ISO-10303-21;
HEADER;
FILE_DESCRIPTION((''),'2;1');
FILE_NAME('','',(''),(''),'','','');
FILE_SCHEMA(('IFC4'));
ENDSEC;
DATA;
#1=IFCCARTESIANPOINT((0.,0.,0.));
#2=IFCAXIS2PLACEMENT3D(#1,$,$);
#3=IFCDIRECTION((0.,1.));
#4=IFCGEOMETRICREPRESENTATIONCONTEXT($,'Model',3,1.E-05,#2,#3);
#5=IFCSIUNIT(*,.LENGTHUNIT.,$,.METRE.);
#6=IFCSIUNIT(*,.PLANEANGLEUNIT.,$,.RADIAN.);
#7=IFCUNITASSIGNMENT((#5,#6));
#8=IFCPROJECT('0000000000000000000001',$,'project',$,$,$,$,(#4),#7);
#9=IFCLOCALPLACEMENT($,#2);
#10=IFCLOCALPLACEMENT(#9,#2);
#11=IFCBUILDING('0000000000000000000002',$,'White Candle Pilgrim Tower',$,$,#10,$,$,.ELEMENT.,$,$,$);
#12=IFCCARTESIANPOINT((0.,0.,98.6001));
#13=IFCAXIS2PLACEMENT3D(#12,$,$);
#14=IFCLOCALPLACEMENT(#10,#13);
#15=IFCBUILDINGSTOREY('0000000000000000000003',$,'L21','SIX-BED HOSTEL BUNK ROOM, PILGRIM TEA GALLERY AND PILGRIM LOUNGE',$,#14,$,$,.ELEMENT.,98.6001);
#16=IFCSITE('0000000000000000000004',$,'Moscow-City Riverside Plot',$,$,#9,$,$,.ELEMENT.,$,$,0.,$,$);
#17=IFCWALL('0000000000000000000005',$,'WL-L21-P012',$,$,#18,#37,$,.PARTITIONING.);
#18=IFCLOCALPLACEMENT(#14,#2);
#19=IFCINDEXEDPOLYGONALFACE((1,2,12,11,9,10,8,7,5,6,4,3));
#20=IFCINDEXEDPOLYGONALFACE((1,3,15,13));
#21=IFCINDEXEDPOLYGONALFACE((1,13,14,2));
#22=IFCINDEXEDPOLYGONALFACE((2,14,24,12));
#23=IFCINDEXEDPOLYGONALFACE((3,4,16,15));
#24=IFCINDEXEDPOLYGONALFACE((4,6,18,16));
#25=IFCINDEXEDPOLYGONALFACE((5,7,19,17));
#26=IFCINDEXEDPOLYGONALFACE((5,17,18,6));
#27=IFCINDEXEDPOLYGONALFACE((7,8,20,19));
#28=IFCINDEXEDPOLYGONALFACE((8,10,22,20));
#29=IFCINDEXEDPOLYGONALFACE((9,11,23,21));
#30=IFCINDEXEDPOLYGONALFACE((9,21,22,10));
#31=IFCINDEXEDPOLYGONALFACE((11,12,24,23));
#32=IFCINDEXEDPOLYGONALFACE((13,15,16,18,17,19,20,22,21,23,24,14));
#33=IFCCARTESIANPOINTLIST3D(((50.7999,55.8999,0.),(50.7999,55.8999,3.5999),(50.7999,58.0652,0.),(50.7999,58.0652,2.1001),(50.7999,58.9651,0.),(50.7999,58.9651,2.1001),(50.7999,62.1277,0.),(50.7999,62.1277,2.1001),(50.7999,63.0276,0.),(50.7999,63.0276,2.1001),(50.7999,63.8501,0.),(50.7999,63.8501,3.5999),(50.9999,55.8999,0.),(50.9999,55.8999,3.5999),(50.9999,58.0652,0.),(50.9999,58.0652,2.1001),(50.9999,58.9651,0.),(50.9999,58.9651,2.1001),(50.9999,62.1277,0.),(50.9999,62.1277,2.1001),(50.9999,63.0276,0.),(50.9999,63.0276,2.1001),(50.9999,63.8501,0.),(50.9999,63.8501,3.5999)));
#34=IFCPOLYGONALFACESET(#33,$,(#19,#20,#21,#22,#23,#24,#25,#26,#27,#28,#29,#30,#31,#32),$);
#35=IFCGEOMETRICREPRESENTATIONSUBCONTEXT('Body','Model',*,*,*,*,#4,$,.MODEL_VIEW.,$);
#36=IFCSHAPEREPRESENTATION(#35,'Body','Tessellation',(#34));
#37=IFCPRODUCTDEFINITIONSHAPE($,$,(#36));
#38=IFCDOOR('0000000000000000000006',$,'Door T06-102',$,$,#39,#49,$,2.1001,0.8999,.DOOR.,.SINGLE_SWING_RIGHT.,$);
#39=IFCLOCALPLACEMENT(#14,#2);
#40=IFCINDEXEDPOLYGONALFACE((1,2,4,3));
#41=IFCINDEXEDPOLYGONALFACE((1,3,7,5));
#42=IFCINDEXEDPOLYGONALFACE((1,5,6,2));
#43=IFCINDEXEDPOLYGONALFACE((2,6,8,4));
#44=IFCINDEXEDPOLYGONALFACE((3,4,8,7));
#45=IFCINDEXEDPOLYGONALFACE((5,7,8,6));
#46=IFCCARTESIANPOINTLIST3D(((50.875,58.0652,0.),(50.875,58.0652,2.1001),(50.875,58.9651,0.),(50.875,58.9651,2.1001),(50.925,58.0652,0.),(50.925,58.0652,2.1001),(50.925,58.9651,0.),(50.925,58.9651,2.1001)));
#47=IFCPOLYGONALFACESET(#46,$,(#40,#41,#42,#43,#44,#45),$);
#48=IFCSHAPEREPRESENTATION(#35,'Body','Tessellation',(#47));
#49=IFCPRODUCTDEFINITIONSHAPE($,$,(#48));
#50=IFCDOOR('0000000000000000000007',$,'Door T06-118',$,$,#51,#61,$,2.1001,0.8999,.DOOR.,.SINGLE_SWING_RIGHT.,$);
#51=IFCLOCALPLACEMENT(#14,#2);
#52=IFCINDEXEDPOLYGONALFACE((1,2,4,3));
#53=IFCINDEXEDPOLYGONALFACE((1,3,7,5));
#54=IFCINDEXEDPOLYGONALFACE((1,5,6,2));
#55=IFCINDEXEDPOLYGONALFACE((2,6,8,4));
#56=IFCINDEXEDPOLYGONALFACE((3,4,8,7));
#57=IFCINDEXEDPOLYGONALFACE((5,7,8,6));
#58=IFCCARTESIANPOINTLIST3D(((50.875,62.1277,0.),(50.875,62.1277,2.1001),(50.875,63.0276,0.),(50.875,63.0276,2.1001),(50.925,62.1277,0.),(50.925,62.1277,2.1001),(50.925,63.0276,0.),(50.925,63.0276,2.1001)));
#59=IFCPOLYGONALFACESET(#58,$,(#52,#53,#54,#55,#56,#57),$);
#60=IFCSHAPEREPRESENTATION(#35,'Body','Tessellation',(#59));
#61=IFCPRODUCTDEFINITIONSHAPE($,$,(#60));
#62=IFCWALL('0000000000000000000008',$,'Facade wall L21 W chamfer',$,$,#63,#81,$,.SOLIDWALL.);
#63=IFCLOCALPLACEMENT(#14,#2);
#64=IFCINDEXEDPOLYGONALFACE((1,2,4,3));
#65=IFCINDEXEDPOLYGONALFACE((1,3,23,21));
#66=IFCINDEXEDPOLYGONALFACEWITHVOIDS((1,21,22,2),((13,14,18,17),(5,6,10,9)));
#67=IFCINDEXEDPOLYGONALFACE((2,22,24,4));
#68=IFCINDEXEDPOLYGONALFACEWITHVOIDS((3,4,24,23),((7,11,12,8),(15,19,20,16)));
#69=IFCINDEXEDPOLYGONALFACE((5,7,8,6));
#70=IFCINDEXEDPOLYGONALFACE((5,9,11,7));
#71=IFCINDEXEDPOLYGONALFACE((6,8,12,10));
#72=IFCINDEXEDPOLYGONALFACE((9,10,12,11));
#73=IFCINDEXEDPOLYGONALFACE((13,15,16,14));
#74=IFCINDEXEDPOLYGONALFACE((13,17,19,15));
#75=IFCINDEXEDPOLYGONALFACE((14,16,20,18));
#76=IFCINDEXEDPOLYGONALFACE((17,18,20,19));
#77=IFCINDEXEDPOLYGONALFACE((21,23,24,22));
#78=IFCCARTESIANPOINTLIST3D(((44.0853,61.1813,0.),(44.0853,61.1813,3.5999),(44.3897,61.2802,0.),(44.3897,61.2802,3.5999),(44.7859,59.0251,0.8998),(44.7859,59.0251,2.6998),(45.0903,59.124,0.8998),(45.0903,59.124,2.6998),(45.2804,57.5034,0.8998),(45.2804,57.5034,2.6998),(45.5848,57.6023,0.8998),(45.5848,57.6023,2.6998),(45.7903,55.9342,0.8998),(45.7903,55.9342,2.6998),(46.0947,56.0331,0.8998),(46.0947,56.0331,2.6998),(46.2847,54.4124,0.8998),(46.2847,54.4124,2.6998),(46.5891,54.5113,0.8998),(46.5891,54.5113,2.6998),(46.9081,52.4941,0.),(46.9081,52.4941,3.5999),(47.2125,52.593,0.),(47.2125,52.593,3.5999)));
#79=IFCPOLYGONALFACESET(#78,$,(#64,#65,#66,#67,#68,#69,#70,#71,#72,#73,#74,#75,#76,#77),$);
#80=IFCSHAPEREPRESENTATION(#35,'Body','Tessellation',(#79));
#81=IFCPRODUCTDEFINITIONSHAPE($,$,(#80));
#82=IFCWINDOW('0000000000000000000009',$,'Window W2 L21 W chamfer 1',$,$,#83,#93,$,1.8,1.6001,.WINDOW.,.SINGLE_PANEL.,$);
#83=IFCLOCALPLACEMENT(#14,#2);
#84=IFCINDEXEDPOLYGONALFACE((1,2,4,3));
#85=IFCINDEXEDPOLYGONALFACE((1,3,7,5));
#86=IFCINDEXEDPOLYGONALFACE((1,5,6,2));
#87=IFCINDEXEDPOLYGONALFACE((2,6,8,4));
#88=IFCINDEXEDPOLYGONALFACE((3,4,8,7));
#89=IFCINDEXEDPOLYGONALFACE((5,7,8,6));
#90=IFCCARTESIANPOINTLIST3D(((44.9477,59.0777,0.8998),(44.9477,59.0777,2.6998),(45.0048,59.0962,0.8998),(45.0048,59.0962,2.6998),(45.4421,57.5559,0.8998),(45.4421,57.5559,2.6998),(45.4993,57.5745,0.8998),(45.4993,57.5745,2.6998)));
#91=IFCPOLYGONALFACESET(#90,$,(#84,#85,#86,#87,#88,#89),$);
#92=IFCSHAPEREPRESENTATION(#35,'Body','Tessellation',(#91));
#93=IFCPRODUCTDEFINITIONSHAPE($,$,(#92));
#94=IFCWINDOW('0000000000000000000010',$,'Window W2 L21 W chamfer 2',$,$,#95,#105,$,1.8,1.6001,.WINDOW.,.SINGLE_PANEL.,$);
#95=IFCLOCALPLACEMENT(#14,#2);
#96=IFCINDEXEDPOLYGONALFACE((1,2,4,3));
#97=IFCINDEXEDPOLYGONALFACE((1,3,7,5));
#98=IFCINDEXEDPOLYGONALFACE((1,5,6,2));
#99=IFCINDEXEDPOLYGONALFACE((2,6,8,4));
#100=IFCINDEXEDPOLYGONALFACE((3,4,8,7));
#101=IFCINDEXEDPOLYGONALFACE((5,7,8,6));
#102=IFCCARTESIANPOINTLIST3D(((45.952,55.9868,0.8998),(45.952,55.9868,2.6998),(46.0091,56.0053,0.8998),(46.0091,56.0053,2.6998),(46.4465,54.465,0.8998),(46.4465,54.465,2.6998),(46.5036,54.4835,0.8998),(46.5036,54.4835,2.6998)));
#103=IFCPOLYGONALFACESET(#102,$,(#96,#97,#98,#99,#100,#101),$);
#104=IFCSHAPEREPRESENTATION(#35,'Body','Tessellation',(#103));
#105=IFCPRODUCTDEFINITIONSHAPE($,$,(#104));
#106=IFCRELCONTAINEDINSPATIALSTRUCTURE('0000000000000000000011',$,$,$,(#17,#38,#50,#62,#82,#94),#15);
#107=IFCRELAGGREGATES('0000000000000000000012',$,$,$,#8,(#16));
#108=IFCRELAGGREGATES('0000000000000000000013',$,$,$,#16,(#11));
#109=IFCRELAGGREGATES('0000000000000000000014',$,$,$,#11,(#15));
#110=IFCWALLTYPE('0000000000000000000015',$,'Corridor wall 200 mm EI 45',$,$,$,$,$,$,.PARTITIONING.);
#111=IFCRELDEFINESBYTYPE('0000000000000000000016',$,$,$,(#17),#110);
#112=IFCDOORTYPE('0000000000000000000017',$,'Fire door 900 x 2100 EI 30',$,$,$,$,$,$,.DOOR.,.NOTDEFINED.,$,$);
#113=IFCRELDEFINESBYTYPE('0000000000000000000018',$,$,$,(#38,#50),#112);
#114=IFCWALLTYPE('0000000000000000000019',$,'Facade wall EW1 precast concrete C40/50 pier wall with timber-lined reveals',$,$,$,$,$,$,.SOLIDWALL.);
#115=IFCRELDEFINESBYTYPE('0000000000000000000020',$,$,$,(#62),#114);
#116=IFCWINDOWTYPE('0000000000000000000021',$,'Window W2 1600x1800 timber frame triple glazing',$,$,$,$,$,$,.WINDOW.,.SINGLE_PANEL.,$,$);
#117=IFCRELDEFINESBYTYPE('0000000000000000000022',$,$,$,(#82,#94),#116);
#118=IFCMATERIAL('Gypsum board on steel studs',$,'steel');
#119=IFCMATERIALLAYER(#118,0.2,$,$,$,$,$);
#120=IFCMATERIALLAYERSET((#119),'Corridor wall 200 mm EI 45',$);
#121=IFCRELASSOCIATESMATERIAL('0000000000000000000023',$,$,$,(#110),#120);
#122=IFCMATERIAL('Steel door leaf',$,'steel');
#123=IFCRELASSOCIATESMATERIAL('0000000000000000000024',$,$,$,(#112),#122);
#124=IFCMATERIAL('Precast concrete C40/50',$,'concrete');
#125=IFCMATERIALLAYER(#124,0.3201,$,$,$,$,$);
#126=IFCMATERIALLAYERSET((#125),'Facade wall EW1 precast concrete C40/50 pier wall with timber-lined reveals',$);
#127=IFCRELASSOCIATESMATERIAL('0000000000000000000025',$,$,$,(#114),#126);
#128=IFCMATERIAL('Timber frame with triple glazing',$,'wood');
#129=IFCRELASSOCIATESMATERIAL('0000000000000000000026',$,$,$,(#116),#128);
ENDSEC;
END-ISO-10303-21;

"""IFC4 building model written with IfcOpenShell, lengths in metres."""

from ifc_helpers import new_model, si_unit, direction, frame, frame_2d, origin, place, context, subcontext, project, spatial, rectangle, extrude, material, layer, layer_set, type_object, element, fill, save


model = new_model("IFC4")

# Units and contexts
model_context = context("Model", 3, precision=1e-05, world=origin(), true_north=direction((0.0, 1.0)))
body_context = subcontext(model_context, "Body", "Model", "MODEL_VIEW")
ifc_project = project(units=[si_unit("LENGTHUNIT", "METRE"), si_unit("PLANEANGLEUNIT", "RADIAN")], contexts=[model_context])

# Site, building, storey
site_placement = place(None, origin())
site = spatial("IfcSite", under=ifc_project, at=site_placement, Name="Moscow-City Riverside Plot", CompositionType="ELEMENT", RefElevation=0.0)
building_placement = place(site_placement, origin())
building = spatial("IfcBuilding", under=site, at=building_placement, Name="White Candle Pilgrim Tower", CompositionType="ELEMENT")
storey_placement = place(building_placement, frame((0.0, 0.0, 98.6001)))
storey = spatial("IfcBuildingStorey", under=building, at=storey_placement, Name="L21", Description="SIX-BED HOSTEL BUNK ROOM, PILGRIM TEA GALLERY AND PILGRIM LOUNGE", CompositionType="ELEMENT", Elevation=98.6001)

# Wall, openings, doors
ifc_material_1 = material(Name="Gypsum board on steel studs", Category="steel")
ifc_layer_1 = layer(ifc_material_1, 0.2)
ifc_layer_set_1 = layer_set([ifc_layer_1], Name="Corridor wall 200 mm EI 45")
wall_type_1 = type_object("IfcWallType", Name="Corridor wall 200 mm EI 45", PredefinedType="PARTITIONING", material=ifc_layer_set_1)
wall_1_placement = place(storey_placement, frame((50.8999, 55.8999, 0.0), z_axis=(0.0, 0.0, 1.0), x_axis=(0.0, 1.0, 0.0)))
wall_1 = element("IfcWall", 1, at=wall_1_placement, inside=storey, type_object=wall_type_1, Name="WL-L21-P012", PredefinedType="PARTITIONING", context=body_context, shape_type="SweptSolid", body=[
    extrude(rectangle(XDim=7.9502, YDim=0.2, at=frame_2d((3.9751, 0.0))), origin(), (0.0, 0.0, 1.0), 3.5999),
])
opening_1_placement = place(wall_1_placement, frame((2.1653, 0.0, 0.0)))
opening_1 = element("IfcOpeningElement", 2, at=opening_1_placement, cuts=wall_1, PredefinedType="OPENING", context=body_context, shape_type="SweptSolid", body=[
    extrude(rectangle(XDim=0.8999, YDim=2.1001, at=frame_2d((0.45, 1.05))), frame((0.0, 0.1099, 0.0), z_axis=(0.0, -1.0, 0.0), x_axis=(1.0, 0.0, 0.0)), (0.0, 0.0, 1.0), 0.22),
])
opening_2_placement = place(wall_1_placement, frame((6.2278, 0.0, 0.0)))
opening_2 = element("IfcOpeningElement", 3, at=opening_2_placement, cuts=wall_1, PredefinedType="OPENING", context=body_context, shape_type="SweptSolid", body=[
    extrude(rectangle(XDim=0.8999, YDim=2.1001, at=frame_2d((0.45, 1.05))), frame((0.0, 0.1099, 0.0), z_axis=(0.0, -1.0, 0.0), x_axis=(1.0, 0.0, 0.0)), (0.0, 0.0, 1.0), 0.22),
])
ifc_material_2 = material(Name="Steel door leaf", Category="steel")
door_type = type_object("IfcDoorType", Name="Fire door 900 x 2100 EI 30", OperationType="NOTDEFINED", PredefinedType="DOOR", material=ifc_material_2)
door_1_placement = place(opening_1_placement, origin())
door_1 = element("IfcDoor", 4, at=door_1_placement, inside=storey, type_object=door_type, Name="Door T06-102", OperationType="SINGLE_SWING_RIGHT", OverallHeight=2.1001, OverallWidth=0.8999, PredefinedType="DOOR", context=body_context, shape_type="SweptSolid", body=[
    extrude(rectangle(XDim=0.8999, YDim=2.1001, at=frame_2d((0.45, 1.05))), frame((0.0, 0.0249, 0.0), z_axis=(0.0, -1.0, 0.0), x_axis=(1.0, 0.0, 0.0)), (0.0, 0.0, 1.0), 0.05),
])
fill(opening_1, door_1)
door_2_placement = place(opening_2_placement, origin())
door_2 = element("IfcDoor", 5, at=door_2_placement, inside=storey, type_object=door_type, Name="Door T06-118", OperationType="SINGLE_SWING_RIGHT", OverallHeight=2.1001, OverallWidth=0.8999, PredefinedType="DOOR", context=body_context, shape_type="SweptSolid", body=[
    extrude(rectangle(XDim=0.8999, YDim=2.1001, at=frame_2d((0.45, 1.05))), frame((0.0, 0.0249, 0.0), z_axis=(0.0, -1.0, 0.0), x_axis=(1.0, 0.0, 0.0)), (0.0, 0.0, 1.0), 0.05),
])
fill(opening_2, door_2)

# Wall, openings, windows
ifc_material_3 = material(Name="Precast concrete C40/50", Category="concrete")
ifc_layer_2 = layer(ifc_material_3, 0.3201)
ifc_layer_set_2 = layer_set([ifc_layer_2], Name="Facade wall EW1 precast concrete C40/50 pier wall with timber-lined reveals")
wall_type_2 = type_object("IfcWallType", Name="Facade wall EW1 precast concrete C40/50 pier wall with timber-lined reveals", PredefinedType="SOLIDWALL", material=ifc_layer_set_2)
wall_2_placement = place(storey_placement, frame((44.2375, 61.2307, 0.0), z_axis=(0.0, 0.0, 1.0), x_axis=(0.309026, -0.951054, 0.0)))
wall_2 = element("IfcWall", 6, at=wall_2_placement, inside=storey, type_object=wall_type_2, Name="Facade wall L21 W chamfer", PredefinedType="SOLIDWALL", context=body_context, shape_type="SweptSolid", body=[
    extrude(rectangle(XDim=9.1343, YDim=0.3201, at=frame_2d((4.5671, 0.0))), origin(), (0.0, 0.0, 1.0), 3.5999),
])
opening_3_placement = place(wall_2_placement, frame((2.2671, 0.0, 0.8999)))
opening_3 = element("IfcOpeningElement", 7, at=opening_3_placement, cuts=wall_2, PredefinedType="OPENING", context=body_context, shape_type="SweptSolid", body=[
    extrude(rectangle(XDim=1.6001, YDim=1.8, at=frame_2d((0.8, 0.8999))), frame((0.0, 0.1699, 0.0), z_axis=(0.0, -1.0, 0.0), x_axis=(1.0, 0.0, 0.0)), (0.0, 0.0, 1.0), 0.3401),
])
opening_4_placement = place(wall_2_placement, frame((5.5171, 0.0, 0.8999)))
opening_4 = element("IfcOpeningElement", 8, at=opening_4_placement, cuts=wall_2, PredefinedType="OPENING", context=body_context, shape_type="SweptSolid", body=[
    extrude(rectangle(XDim=1.6001, YDim=1.8, at=frame_2d((0.8, 0.8999))), frame((0.0, 0.1699, 0.0), z_axis=(0.0, -1.0, 0.0), x_axis=(1.0, 0.0, 0.0)), (0.0, 0.0, 1.0), 0.3401),
])
ifc_material_4 = material(Name="Timber frame with triple glazing", Category="wood")
window_type_1 = type_object("IfcWindowType", Name="Window W2 1600x1800 timber frame triple glazing", PartitioningType="SINGLE_PANEL", PredefinedType="WINDOW", material=ifc_material_4)
window_1_placement = place(opening_3_placement, origin())
window_1 = element("IfcWindow", 9, at=window_1_placement, inside=storey, type_object=window_type_1, Name="Window W2 L21 W chamfer 1", OverallHeight=1.8, OverallWidth=1.6001, PartitioningType="SINGLE_PANEL", PredefinedType="WINDOW", context=body_context, shape_type="SweptSolid", body=[
    extrude(rectangle(XDim=1.6001, YDim=1.8, at=frame_2d((0.8, 0.8999))), frame((0.0, 0.0701, 0.0), z_axis=(0.0, -1.0, 0.0), x_axis=(1.0, 0.0, 0.0)), (0.0, 0.0, 1.0), 0.0601),
])
fill(opening_3, window_1)
window_2_placement = place(opening_4_placement, origin())
window_2 = element("IfcWindow", 10, at=window_2_placement, inside=storey, type_object=window_type_1, Name="Window W2 L21 W chamfer 2", OverallHeight=1.8, OverallWidth=1.6001, PartitioningType="SINGLE_PANEL", PredefinedType="WINDOW", context=body_context, shape_type="SweptSolid", body=[
    extrude(rectangle(XDim=1.6001, YDim=1.8, at=frame_2d((0.8, 0.8999))), frame((0.0, 0.0701, 0.0), z_axis=(0.0, -1.0, 0.0), x_axis=(1.0, 0.0, 0.0)), (0.0, 0.0, 1.0), 0.0601),
])
fill(opening_4, window_2)

save(model, "model.ifc")
